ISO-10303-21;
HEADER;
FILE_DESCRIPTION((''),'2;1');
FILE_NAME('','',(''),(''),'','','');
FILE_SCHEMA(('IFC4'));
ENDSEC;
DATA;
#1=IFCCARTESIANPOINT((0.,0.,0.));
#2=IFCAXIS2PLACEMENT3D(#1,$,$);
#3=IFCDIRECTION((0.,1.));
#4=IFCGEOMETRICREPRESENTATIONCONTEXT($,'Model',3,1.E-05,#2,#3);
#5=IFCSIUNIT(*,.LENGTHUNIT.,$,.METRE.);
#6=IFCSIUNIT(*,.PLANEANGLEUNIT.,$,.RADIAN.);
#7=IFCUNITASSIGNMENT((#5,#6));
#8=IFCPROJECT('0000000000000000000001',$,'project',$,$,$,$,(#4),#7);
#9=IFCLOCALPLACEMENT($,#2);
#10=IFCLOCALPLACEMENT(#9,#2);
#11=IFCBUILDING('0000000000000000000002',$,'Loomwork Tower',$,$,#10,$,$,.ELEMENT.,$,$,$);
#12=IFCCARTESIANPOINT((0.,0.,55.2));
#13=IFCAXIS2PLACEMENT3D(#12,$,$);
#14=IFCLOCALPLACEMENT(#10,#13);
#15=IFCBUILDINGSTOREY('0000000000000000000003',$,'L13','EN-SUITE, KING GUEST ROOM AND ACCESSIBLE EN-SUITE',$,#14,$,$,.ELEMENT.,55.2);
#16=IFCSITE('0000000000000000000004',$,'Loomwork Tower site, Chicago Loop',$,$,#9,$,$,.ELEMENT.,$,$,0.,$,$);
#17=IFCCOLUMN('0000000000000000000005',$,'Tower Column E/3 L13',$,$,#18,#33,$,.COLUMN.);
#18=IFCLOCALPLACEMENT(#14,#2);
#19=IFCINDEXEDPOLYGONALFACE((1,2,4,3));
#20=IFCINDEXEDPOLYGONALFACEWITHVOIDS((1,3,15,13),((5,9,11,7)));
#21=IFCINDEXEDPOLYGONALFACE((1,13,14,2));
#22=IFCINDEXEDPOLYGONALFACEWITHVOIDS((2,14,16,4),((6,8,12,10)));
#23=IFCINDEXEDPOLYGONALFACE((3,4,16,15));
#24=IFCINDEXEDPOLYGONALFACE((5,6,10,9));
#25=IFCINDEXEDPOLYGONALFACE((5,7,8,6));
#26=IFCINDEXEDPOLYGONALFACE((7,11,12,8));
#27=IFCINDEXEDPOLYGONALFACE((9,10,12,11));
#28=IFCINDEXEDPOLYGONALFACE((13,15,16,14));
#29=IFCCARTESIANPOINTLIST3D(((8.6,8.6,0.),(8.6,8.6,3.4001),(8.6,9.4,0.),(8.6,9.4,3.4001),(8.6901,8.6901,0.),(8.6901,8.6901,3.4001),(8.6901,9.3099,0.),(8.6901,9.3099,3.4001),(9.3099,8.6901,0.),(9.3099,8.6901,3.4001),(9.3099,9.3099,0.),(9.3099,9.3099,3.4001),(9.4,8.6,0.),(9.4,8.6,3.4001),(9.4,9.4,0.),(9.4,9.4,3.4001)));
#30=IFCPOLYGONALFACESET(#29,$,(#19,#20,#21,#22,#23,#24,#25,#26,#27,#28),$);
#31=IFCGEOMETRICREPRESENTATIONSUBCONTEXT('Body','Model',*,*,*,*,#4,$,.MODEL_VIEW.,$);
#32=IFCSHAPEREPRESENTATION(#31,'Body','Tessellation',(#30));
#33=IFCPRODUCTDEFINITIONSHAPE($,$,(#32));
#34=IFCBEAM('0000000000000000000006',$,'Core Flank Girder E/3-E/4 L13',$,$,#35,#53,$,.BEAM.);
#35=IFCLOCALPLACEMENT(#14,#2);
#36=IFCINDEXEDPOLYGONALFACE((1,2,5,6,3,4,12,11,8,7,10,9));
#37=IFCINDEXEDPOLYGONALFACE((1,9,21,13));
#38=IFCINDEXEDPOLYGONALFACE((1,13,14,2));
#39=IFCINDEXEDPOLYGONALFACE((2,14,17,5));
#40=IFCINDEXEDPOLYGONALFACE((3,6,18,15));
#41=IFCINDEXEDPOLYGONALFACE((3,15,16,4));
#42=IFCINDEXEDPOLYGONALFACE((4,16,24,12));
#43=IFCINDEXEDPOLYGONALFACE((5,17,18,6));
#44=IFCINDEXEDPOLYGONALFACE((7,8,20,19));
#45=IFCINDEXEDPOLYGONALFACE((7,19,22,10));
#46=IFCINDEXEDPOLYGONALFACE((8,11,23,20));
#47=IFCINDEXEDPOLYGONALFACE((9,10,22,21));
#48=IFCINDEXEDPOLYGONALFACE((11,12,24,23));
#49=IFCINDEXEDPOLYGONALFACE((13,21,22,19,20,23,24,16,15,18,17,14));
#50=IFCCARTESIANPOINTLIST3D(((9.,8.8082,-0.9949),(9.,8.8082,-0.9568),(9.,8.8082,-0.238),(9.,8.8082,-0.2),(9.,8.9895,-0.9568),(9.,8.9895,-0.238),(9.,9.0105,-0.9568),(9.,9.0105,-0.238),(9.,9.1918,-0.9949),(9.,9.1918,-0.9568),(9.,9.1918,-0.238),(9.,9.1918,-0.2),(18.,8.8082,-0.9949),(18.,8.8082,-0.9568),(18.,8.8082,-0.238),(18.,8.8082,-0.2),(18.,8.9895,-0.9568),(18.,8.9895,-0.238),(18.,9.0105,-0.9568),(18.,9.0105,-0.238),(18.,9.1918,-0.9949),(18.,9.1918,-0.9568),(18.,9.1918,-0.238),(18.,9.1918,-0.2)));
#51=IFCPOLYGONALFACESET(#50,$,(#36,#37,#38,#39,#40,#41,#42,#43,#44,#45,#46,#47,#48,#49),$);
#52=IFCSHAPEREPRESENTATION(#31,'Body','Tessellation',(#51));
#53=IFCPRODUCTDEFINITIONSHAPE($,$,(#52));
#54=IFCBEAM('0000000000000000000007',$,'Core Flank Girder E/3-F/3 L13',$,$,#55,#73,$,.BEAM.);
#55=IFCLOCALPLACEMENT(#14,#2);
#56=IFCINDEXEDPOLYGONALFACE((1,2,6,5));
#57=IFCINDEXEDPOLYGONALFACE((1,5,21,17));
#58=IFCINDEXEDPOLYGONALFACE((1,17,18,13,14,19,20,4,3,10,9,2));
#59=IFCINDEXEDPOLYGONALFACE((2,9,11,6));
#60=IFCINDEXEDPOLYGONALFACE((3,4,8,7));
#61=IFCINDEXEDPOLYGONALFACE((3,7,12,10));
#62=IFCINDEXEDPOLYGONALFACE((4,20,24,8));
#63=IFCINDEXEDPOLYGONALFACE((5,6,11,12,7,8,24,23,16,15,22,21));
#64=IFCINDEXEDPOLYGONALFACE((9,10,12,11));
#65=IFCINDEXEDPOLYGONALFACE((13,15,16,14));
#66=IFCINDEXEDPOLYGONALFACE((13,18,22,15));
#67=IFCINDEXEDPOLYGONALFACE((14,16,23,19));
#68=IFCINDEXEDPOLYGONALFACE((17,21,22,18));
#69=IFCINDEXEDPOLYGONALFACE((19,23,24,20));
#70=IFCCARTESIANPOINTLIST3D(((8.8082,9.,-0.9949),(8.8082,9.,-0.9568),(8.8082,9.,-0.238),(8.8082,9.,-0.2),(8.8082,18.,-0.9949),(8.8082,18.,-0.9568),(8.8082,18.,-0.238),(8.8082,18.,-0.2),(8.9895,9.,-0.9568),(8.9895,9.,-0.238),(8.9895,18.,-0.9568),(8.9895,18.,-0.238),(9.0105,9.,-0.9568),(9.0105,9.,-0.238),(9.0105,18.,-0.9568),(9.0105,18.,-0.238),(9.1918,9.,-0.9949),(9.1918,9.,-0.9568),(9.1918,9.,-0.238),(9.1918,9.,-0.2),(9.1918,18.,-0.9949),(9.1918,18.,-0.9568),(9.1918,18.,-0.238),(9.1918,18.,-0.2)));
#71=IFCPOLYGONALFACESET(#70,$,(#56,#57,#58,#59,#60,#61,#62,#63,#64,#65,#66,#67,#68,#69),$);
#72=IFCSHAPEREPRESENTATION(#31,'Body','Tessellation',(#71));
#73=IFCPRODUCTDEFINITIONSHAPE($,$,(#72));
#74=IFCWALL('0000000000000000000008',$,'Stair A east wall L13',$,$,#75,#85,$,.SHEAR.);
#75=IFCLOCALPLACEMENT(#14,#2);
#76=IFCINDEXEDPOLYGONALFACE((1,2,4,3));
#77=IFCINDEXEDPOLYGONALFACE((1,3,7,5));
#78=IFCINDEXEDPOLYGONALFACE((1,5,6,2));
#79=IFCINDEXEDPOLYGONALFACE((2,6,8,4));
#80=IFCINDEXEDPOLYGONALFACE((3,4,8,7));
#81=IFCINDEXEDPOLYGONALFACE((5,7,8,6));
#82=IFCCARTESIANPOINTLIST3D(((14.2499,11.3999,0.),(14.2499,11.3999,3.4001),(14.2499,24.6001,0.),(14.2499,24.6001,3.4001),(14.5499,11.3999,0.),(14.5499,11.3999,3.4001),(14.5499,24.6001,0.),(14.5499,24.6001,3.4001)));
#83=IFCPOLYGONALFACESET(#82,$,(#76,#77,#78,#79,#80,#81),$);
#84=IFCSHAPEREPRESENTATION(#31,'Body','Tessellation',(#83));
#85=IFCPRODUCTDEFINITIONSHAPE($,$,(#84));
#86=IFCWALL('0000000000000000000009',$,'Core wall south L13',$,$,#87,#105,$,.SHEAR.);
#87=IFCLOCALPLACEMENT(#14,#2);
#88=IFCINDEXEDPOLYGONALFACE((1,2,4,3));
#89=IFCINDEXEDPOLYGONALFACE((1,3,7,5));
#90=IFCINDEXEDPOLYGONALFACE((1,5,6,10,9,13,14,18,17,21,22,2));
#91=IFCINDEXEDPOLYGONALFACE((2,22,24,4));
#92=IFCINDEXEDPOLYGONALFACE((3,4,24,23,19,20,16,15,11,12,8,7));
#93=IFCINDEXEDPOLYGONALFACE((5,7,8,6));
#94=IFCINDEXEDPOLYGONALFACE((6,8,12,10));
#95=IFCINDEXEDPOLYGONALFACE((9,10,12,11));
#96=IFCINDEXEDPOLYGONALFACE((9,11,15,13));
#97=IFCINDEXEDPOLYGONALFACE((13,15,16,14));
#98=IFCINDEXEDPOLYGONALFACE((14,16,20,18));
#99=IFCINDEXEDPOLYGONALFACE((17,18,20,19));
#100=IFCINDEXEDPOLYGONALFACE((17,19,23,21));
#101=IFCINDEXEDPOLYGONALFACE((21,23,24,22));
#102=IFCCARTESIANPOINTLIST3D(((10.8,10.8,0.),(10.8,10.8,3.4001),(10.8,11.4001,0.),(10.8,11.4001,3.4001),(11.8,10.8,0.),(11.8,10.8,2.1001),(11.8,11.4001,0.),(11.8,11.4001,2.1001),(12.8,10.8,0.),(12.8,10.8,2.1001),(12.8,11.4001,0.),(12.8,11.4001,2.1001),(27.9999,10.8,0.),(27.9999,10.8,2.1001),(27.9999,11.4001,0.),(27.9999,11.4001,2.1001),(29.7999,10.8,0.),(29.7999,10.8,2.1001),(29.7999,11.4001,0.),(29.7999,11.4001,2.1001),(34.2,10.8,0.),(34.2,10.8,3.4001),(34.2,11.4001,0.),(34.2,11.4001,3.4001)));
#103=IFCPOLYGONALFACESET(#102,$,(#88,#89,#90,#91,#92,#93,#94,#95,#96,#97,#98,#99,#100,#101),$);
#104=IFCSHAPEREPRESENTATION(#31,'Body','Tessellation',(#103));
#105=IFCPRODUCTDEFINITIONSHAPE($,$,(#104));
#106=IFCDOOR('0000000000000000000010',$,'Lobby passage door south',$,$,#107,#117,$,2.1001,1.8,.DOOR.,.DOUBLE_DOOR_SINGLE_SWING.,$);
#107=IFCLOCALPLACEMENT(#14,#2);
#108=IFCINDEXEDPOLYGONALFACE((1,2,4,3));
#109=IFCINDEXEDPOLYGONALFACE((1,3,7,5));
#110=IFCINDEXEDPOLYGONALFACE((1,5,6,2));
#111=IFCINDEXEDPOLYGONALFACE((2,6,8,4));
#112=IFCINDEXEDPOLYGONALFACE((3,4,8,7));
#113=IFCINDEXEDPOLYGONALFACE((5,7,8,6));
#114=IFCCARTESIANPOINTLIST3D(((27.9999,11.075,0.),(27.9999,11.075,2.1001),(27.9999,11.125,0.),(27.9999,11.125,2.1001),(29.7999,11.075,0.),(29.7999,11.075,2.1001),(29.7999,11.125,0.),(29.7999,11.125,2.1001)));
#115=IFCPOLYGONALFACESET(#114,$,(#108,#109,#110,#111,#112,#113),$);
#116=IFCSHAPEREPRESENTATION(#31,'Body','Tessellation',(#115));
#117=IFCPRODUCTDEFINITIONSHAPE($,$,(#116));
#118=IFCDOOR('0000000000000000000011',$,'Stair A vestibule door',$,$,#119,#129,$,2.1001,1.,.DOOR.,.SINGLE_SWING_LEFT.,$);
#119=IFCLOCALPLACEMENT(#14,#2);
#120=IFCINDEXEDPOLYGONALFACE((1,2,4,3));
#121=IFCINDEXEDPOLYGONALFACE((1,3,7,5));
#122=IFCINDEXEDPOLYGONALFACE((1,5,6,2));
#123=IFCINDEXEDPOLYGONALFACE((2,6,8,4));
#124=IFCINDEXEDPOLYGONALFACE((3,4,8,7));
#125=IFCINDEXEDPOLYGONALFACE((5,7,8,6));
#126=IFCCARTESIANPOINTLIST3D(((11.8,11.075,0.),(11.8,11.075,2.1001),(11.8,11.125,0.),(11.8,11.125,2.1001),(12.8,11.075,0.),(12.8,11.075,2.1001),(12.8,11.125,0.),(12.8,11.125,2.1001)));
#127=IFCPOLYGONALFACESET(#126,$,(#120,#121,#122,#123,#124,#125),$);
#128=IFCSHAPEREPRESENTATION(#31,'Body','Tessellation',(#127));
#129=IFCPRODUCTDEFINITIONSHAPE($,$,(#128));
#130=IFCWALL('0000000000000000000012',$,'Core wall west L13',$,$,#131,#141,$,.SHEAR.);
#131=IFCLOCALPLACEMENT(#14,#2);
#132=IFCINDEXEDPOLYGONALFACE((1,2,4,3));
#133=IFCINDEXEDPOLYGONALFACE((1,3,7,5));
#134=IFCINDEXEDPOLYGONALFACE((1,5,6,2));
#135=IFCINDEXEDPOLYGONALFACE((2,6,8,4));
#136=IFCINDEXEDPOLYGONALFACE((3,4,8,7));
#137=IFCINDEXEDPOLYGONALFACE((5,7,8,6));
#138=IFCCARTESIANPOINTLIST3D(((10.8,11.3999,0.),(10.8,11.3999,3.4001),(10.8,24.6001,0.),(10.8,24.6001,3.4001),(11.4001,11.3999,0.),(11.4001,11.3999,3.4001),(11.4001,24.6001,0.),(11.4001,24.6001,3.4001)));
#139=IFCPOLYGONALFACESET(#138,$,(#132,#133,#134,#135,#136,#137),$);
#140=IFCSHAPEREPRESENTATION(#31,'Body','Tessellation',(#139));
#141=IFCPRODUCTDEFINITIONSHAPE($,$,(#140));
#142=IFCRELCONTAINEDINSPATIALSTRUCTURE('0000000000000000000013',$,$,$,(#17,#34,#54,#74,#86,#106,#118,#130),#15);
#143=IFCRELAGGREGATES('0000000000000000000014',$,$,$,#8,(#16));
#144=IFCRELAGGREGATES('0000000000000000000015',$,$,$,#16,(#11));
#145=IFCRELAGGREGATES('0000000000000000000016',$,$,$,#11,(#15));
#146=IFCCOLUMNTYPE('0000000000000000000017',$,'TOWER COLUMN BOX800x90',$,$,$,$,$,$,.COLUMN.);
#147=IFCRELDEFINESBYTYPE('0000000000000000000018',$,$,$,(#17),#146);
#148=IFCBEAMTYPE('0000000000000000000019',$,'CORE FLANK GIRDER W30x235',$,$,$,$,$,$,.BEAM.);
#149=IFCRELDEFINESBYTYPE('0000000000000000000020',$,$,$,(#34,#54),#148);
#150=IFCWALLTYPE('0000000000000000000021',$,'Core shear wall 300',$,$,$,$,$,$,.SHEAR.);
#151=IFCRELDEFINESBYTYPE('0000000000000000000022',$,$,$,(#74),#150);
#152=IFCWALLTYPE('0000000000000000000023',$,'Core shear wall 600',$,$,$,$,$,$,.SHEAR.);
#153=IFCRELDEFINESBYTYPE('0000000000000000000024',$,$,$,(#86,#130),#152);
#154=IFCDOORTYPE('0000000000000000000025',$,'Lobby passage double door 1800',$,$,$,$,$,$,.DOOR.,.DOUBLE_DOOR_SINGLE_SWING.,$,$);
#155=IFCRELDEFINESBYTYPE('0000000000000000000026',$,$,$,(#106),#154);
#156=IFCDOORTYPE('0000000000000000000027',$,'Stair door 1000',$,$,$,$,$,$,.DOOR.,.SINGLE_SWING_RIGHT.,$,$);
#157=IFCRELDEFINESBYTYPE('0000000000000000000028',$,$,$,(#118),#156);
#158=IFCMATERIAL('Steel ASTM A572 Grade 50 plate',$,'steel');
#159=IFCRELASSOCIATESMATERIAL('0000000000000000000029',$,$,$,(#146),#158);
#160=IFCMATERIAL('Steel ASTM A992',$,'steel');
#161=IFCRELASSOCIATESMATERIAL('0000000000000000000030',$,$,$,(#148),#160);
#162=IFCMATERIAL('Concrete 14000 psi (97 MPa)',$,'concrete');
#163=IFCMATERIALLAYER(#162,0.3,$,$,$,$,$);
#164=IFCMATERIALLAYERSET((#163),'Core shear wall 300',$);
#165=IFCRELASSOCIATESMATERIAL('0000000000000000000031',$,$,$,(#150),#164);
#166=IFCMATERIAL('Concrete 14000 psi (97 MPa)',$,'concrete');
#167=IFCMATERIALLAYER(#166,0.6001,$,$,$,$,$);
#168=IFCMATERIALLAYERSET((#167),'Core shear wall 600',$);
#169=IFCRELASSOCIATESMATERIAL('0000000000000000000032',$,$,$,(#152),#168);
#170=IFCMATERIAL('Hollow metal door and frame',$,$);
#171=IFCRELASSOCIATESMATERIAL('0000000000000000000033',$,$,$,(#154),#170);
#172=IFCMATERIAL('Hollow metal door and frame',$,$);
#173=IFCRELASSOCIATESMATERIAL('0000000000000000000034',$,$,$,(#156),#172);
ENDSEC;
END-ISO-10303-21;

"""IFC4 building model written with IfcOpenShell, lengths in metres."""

from ifc_helpers import new_model, si_unit, direction, frame, frame_2d, origin, origin_2d, place, context, subcontext, project, spatial, rectangle, hollow_rectangle, i_section, extrude, material, layer, layer_set, material_profile, profile_set, type_object, element, fill, save


model = new_model("IFC4")

# Units and contexts
model_context = context("Model", 3, precision=1e-05, world=origin(), true_north=direction((0.0, 1.0)))
body_context = subcontext(model_context, "Body", "Model", "MODEL_VIEW")
ifc_project = project(units=[si_unit("LENGTHUNIT", "METRE"), si_unit("PLANEANGLEUNIT", "RADIAN")], contexts=[model_context])

# Site, building, storey
site_placement = place(None, origin())
site = spatial("IfcSite", under=ifc_project, at=site_placement, Name="Loomwork Tower site, Chicago Loop", CompositionType="ELEMENT", RefElevation=0.0)
building_placement = place(site_placement, origin())
building = spatial("IfcBuilding", under=site, at=building_placement, Name="Loomwork Tower", CompositionType="ELEMENT")
storey_placement = place(building_placement, frame((0.0, 0.0, 55.2)))
storey = spatial("IfcBuildingStorey", under=building, at=storey_placement, Name="L13", Description="EN-SUITE, KING GUEST ROOM AND ACCESSIBLE EN-SUITE", CompositionType="ELEMENT", Elevation=55.2)

# Column
ifc_material_1 = material(Name="Steel ASTM A572 Grade 50 plate", Category="steel")
ifc_material_profile_1 = material_profile(ifc_material_1, hollow_rectangle(XDim=0.8, YDim=0.8, WallThickness=0.0901, at=origin_2d()), Name="BOX800x90")
ifc_profile_set_1 = profile_set([ifc_material_profile_1], Name="Steel ASTM A572 Grade 50 plate")
column_type = type_object("IfcColumnType", Name="TOWER COLUMN BOX800x90", PredefinedType="COLUMN", material=ifc_profile_set_1)
column_placement = place(storey_placement, frame((9.0, 9.0, 0.0), z_axis=(0.0, 0.0, 1.0), x_axis=(1.0, 0.0, 0.0)))
element("IfcColumn", 1, at=column_placement, inside=storey, type_object=column_type, Name="Tower Column E/3 L13", PredefinedType="COLUMN", context=body_context, shape_type="SweptSolid", body=[
    extrude(hollow_rectangle(XDim=0.8, YDim=0.8, WallThickness=0.0901, at=origin_2d()), origin(), (0.0, 0.0, 1.0), 3.4001),
])

# Beams
ifc_material_2 = material(Name="Steel ASTM A992", Category="steel")
ifc_material_profile_2 = material_profile(ifc_material_2, i_section(OverallWidth=0.3835, OverallDepth=0.7949, WebThickness=0.021, FlangeThickness=0.0381, at=origin_2d()), Name="W30x235")
ifc_profile_set_2 = profile_set([ifc_material_profile_2], Name="Steel ASTM A992")
beam_type = type_object("IfcBeamType", Name="CORE FLANK GIRDER W30x235", PredefinedType="BEAM", material=ifc_profile_set_2)
for number, where, z_axis, x_axis, name in (
    (2, (9.0, 9.0, -0.5974), (1.0, 0.0, 0.0), (0.0, 1.0, 0.0), "Core Flank Girder E/3-E/4 L13"),
    (3, (9.0, 9.0, -0.5974), (0.0, 1.0, 0.0), (-1.0, 0.0, 0.0), "Core Flank Girder E/3-F/3 L13"),
):
    element("IfcBeam", number, at=place(storey_placement, frame(where, z_axis=z_axis, x_axis=x_axis)), inside=storey, type_object=beam_type, Name=name, PredefinedType="BEAM", context=body_context, shape_type="SweptSolid", body=[
        extrude(i_section(OverallWidth=0.3835, OverallDepth=0.7949, WebThickness=0.021, FlangeThickness=0.0381, at=origin_2d()), origin(), (0.0, 0.0, 1.0), 9.0),
    ])

# Wall
ifc_material_3 = material(Name="Concrete 14000 psi (97 MPa)", Category="concrete")
ifc_layer_1 = layer(ifc_material_3, 0.3)
ifc_layer_set_1 = layer_set([ifc_layer_1], Name="Core shear wall 300")
wall_type_1 = type_object("IfcWallType", Name="Core shear wall 300", PredefinedType="SHEAR", material=ifc_layer_set_1)
wall_1_placement = place(storey_placement, frame((14.3999, 11.3999, 0.0), z_axis=(0.0, 0.0, 1.0), x_axis=(0.0, 1.0, 0.0)))
element("IfcWall", 4, at=wall_1_placement, inside=storey, type_object=wall_type_1, Name="Stair A east wall L13", PredefinedType="SHEAR", context=body_context, shape_type="SweptSolid", body=[
    extrude(rectangle(XDim=13.2002, YDim=0.3, at=frame_2d((6.6001, 0.0))), origin(), (0.0, 0.0, 1.0), 3.4001),
])

# Wall, openings, doors
ifc_material_4 = material(Name="Concrete 14000 psi (97 MPa)", Category="concrete")
ifc_layer_2 = layer(ifc_material_4, 0.6001)
ifc_layer_set_2 = layer_set([ifc_layer_2], Name="Core shear wall 600")
wall_type_2 = type_object("IfcWallType", Name="Core shear wall 600", PredefinedType="SHEAR", material=ifc_layer_set_2)
wall_2_placement = place(storey_placement, frame((10.8, 11.1001, 0.0), z_axis=(0.0, 0.0, 1.0), x_axis=(1.0, 0.0, 0.0)))
wall_2 = element("IfcWall", 5, at=wall_2_placement, inside=storey, type_object=wall_type_2, Name="Core wall south L13", PredefinedType="SHEAR", context=body_context, shape_type="SweptSolid", body=[
    extrude(rectangle(XDim=23.3999, YDim=0.6001, at=frame_2d((11.7, 0.0))), origin(), (0.0, 0.0, 1.0), 3.4001),
])
opening_1_placement = place(wall_2_placement, frame((1.0, 0.0, 0.0)))
opening_1 = element("IfcOpeningElement", 6, at=opening_1_placement, cuts=wall_2, PredefinedType="OPENING", context=body_context, shape_type="SweptSolid", body=[
    extrude(rectangle(XDim=1.0, YDim=2.1001, at=frame_2d((0.5, 1.05))), frame((0.0, 0.3101, 0.0), z_axis=(0.0, -1.0, 0.0), x_axis=(1.0, 0.0, 0.0)), (0.0, 0.0, 1.0), 0.6201),
])
opening_2_placement = place(wall_2_placement, frame((17.2, 0.0, 0.0)))
opening_2 = element("IfcOpeningElement", 7, at=opening_2_placement, cuts=wall_2, PredefinedType="OPENING", context=body_context, shape_type="SweptSolid", body=[
    extrude(rectangle(XDim=1.8, YDim=2.1001, at=frame_2d((0.8999, 1.05))), frame((0.0, 0.3101, 0.0), z_axis=(0.0, -1.0, 0.0), x_axis=(1.0, 0.0, 0.0)), (0.0, 0.0, 1.0), 0.6201),
])
ifc_material_5 = material(Name="Hollow metal door and frame")
door_type_1 = type_object("IfcDoorType", Name="Lobby passage double door 1800", OperationType="DOUBLE_DOOR_SINGLE_SWING", PredefinedType="DOOR", material=ifc_material_5)
door_1_placement = place(opening_2_placement, origin())
door_1 = element("IfcDoor", 8, at=door_1_placement, inside=storey, type_object=door_type_1, Name="Lobby passage door south", OperationType="DOUBLE_DOOR_SINGLE_SWING", OverallHeight=2.1001, OverallWidth=1.8, PredefinedType="DOOR", context=body_context, shape_type="SweptSolid", body=[
    extrude(rectangle(XDim=1.8, YDim=2.1001, at=frame_2d((0.8999, 1.05))), frame((0.0, 0.0249, 0.0), z_axis=(0.0, -1.0, 0.0), x_axis=(1.0, 0.0, 0.0)), (0.0, 0.0, 1.0), 0.05),
])
fill(opening_2, door_1)
ifc_material_6 = material(Name="Hollow metal door and frame")
door_type_2 = type_object("IfcDoorType", Name="Stair door 1000", OperationType="SINGLE_SWING_RIGHT", PredefinedType="DOOR", material=ifc_material_6)
door_2_placement = place(opening_1_placement, origin())
door_2 = element("IfcDoor", 9, at=door_2_placement, inside=storey, type_object=door_type_2, Name="Stair A vestibule door", OperationType="SINGLE_SWING_LEFT", OverallHeight=2.1001, OverallWidth=1.0, PredefinedType="DOOR", context=body_context, shape_type="SweptSolid", body=[
    extrude(rectangle(XDim=1.0, YDim=2.1001, at=frame_2d((0.5, 1.05))), frame((0.0, 0.0249, 0.0), z_axis=(0.0, -1.0, 0.0), x_axis=(1.0, 0.0, 0.0)), (0.0, 0.0, 1.0), 0.05),
])
fill(opening_1, door_2)

# Wall
wall_3_placement = place(storey_placement, frame((11.1001, 11.3999, 0.0), z_axis=(0.0, 0.0, 1.0), x_axis=(0.0, 1.0, 0.0)))
element("IfcWall", 10, at=wall_3_placement, inside=storey, type_object=wall_type_2, Name="Core wall west L13", PredefinedType="SHEAR", context=body_context, shape_type="SweptSolid", body=[
    extrude(rectangle(XDim=13.2002, YDim=0.6001, at=frame_2d((6.6001, 0.0))), origin(), (0.0, 0.0, 1.0), 3.4001),
])

save(model, "model.ifc")
